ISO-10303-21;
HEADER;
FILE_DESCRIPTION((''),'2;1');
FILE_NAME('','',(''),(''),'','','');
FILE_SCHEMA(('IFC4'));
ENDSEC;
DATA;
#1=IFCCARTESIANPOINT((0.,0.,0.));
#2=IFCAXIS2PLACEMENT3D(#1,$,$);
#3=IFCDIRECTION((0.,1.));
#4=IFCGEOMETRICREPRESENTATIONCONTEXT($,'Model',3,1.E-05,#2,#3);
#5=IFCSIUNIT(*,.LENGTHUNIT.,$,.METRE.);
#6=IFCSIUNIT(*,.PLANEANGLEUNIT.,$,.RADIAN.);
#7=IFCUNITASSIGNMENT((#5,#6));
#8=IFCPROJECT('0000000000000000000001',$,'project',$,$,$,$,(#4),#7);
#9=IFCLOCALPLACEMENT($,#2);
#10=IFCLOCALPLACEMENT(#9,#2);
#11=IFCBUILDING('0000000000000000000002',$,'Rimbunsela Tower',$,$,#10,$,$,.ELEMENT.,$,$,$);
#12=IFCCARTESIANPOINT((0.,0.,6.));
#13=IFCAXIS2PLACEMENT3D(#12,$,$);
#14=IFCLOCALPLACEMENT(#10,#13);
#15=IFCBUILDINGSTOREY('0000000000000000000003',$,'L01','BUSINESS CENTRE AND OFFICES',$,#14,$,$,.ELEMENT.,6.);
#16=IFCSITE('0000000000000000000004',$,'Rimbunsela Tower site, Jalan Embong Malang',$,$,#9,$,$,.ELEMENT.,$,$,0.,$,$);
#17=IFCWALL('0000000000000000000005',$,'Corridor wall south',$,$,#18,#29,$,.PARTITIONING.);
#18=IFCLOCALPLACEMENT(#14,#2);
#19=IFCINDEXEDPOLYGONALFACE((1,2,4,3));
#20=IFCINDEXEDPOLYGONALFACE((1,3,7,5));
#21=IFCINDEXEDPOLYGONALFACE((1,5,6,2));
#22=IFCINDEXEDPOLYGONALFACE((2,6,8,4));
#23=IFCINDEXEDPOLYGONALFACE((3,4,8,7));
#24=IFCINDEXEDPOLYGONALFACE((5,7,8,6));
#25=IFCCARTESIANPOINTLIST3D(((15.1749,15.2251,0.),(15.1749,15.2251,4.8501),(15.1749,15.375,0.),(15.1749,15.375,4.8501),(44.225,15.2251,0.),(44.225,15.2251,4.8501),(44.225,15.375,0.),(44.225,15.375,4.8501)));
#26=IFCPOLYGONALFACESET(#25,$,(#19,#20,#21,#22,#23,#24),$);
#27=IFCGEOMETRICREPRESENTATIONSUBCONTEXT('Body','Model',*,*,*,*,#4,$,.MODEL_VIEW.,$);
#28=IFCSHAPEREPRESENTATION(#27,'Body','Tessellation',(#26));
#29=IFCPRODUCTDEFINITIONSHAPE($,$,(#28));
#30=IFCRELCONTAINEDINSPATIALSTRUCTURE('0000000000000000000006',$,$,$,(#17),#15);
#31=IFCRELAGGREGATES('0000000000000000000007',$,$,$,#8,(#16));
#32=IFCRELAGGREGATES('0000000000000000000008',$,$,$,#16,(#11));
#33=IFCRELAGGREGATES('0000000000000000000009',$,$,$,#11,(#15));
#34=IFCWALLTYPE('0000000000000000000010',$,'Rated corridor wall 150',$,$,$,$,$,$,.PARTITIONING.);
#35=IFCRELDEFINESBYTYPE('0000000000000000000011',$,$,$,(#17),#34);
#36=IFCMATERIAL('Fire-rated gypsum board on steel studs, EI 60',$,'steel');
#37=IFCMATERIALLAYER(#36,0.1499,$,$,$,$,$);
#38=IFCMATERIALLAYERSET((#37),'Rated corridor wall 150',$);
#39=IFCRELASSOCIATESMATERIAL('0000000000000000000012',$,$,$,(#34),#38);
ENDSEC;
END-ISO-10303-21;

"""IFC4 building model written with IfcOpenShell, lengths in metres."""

from ifc_helpers import new_model, si_unit, direction, frame, frame_2d, origin, place, context, subcontext, project, spatial, rectangle, extrude, material, layer, layer_set, type_object, element, save


model = new_model("IFC4")

# Units and contexts
model_context = context("Model", 3, precision=1e-05, world=origin(), true_north=direction((0.0, 1.0)))
body_context = subcontext(model_context, "Body", "Model", "MODEL_VIEW")
ifc_project = project(units=[si_unit("LENGTHUNIT", "METRE"), si_unit("PLANEANGLEUNIT", "RADIAN")], contexts=[model_context])

# Site, building, storey
site_placement = place(None, origin())
site = spatial("IfcSite", under=ifc_project, at=site_placement, Name="Rimbunsela Tower site, Jalan Embong Malang", CompositionType="ELEMENT", RefElevation=0.0)
building_placement = place(site_placement, origin())
building = spatial("IfcBuilding", under=site, at=building_placement, Name="Rimbunsela Tower", CompositionType="ELEMENT")
storey_placement = place(building_placement, frame((0.0, 0.0, 6.0)))
storey = spatial("IfcBuildingStorey", under=building, at=storey_placement, Name="L01", Description="BUSINESS CENTRE AND OFFICES", CompositionType="ELEMENT", Elevation=6.0)

# Wall
ifc_material_1 = material(Name="Fire-rated gypsum board on steel studs, EI 60", Category="steel")
ifc_layer_1 = layer(ifc_material_1, 0.1499)
ifc_layer_set_1 = layer_set([ifc_layer_1], Name="Rated corridor wall 150")
wall_type_1 = type_object("IfcWallType", Name="Rated corridor wall 150", PredefinedType="PARTITIONING", material=ifc_layer_set_1)
wall_1_placement = place(storey_placement, frame((15.175, 15.3, 0.0), z_axis=(0.0, 0.0, 1.0), x_axis=(1.0, 0.0, 0.0)))
element("IfcWall", 1, at=wall_1_placement, inside=storey, type_object=wall_type_1, Name="Corridor wall south", PredefinedType="PARTITIONING", context=body_context, shape_type="SweptSolid", body=[
    extrude(rectangle(XDim=29.05, YDim=0.1499, at=frame_2d((14.5249, 0.0))), origin(), (0.0, 0.0, 1.0), 4.8501),
])

save(model, "model.ifc")
